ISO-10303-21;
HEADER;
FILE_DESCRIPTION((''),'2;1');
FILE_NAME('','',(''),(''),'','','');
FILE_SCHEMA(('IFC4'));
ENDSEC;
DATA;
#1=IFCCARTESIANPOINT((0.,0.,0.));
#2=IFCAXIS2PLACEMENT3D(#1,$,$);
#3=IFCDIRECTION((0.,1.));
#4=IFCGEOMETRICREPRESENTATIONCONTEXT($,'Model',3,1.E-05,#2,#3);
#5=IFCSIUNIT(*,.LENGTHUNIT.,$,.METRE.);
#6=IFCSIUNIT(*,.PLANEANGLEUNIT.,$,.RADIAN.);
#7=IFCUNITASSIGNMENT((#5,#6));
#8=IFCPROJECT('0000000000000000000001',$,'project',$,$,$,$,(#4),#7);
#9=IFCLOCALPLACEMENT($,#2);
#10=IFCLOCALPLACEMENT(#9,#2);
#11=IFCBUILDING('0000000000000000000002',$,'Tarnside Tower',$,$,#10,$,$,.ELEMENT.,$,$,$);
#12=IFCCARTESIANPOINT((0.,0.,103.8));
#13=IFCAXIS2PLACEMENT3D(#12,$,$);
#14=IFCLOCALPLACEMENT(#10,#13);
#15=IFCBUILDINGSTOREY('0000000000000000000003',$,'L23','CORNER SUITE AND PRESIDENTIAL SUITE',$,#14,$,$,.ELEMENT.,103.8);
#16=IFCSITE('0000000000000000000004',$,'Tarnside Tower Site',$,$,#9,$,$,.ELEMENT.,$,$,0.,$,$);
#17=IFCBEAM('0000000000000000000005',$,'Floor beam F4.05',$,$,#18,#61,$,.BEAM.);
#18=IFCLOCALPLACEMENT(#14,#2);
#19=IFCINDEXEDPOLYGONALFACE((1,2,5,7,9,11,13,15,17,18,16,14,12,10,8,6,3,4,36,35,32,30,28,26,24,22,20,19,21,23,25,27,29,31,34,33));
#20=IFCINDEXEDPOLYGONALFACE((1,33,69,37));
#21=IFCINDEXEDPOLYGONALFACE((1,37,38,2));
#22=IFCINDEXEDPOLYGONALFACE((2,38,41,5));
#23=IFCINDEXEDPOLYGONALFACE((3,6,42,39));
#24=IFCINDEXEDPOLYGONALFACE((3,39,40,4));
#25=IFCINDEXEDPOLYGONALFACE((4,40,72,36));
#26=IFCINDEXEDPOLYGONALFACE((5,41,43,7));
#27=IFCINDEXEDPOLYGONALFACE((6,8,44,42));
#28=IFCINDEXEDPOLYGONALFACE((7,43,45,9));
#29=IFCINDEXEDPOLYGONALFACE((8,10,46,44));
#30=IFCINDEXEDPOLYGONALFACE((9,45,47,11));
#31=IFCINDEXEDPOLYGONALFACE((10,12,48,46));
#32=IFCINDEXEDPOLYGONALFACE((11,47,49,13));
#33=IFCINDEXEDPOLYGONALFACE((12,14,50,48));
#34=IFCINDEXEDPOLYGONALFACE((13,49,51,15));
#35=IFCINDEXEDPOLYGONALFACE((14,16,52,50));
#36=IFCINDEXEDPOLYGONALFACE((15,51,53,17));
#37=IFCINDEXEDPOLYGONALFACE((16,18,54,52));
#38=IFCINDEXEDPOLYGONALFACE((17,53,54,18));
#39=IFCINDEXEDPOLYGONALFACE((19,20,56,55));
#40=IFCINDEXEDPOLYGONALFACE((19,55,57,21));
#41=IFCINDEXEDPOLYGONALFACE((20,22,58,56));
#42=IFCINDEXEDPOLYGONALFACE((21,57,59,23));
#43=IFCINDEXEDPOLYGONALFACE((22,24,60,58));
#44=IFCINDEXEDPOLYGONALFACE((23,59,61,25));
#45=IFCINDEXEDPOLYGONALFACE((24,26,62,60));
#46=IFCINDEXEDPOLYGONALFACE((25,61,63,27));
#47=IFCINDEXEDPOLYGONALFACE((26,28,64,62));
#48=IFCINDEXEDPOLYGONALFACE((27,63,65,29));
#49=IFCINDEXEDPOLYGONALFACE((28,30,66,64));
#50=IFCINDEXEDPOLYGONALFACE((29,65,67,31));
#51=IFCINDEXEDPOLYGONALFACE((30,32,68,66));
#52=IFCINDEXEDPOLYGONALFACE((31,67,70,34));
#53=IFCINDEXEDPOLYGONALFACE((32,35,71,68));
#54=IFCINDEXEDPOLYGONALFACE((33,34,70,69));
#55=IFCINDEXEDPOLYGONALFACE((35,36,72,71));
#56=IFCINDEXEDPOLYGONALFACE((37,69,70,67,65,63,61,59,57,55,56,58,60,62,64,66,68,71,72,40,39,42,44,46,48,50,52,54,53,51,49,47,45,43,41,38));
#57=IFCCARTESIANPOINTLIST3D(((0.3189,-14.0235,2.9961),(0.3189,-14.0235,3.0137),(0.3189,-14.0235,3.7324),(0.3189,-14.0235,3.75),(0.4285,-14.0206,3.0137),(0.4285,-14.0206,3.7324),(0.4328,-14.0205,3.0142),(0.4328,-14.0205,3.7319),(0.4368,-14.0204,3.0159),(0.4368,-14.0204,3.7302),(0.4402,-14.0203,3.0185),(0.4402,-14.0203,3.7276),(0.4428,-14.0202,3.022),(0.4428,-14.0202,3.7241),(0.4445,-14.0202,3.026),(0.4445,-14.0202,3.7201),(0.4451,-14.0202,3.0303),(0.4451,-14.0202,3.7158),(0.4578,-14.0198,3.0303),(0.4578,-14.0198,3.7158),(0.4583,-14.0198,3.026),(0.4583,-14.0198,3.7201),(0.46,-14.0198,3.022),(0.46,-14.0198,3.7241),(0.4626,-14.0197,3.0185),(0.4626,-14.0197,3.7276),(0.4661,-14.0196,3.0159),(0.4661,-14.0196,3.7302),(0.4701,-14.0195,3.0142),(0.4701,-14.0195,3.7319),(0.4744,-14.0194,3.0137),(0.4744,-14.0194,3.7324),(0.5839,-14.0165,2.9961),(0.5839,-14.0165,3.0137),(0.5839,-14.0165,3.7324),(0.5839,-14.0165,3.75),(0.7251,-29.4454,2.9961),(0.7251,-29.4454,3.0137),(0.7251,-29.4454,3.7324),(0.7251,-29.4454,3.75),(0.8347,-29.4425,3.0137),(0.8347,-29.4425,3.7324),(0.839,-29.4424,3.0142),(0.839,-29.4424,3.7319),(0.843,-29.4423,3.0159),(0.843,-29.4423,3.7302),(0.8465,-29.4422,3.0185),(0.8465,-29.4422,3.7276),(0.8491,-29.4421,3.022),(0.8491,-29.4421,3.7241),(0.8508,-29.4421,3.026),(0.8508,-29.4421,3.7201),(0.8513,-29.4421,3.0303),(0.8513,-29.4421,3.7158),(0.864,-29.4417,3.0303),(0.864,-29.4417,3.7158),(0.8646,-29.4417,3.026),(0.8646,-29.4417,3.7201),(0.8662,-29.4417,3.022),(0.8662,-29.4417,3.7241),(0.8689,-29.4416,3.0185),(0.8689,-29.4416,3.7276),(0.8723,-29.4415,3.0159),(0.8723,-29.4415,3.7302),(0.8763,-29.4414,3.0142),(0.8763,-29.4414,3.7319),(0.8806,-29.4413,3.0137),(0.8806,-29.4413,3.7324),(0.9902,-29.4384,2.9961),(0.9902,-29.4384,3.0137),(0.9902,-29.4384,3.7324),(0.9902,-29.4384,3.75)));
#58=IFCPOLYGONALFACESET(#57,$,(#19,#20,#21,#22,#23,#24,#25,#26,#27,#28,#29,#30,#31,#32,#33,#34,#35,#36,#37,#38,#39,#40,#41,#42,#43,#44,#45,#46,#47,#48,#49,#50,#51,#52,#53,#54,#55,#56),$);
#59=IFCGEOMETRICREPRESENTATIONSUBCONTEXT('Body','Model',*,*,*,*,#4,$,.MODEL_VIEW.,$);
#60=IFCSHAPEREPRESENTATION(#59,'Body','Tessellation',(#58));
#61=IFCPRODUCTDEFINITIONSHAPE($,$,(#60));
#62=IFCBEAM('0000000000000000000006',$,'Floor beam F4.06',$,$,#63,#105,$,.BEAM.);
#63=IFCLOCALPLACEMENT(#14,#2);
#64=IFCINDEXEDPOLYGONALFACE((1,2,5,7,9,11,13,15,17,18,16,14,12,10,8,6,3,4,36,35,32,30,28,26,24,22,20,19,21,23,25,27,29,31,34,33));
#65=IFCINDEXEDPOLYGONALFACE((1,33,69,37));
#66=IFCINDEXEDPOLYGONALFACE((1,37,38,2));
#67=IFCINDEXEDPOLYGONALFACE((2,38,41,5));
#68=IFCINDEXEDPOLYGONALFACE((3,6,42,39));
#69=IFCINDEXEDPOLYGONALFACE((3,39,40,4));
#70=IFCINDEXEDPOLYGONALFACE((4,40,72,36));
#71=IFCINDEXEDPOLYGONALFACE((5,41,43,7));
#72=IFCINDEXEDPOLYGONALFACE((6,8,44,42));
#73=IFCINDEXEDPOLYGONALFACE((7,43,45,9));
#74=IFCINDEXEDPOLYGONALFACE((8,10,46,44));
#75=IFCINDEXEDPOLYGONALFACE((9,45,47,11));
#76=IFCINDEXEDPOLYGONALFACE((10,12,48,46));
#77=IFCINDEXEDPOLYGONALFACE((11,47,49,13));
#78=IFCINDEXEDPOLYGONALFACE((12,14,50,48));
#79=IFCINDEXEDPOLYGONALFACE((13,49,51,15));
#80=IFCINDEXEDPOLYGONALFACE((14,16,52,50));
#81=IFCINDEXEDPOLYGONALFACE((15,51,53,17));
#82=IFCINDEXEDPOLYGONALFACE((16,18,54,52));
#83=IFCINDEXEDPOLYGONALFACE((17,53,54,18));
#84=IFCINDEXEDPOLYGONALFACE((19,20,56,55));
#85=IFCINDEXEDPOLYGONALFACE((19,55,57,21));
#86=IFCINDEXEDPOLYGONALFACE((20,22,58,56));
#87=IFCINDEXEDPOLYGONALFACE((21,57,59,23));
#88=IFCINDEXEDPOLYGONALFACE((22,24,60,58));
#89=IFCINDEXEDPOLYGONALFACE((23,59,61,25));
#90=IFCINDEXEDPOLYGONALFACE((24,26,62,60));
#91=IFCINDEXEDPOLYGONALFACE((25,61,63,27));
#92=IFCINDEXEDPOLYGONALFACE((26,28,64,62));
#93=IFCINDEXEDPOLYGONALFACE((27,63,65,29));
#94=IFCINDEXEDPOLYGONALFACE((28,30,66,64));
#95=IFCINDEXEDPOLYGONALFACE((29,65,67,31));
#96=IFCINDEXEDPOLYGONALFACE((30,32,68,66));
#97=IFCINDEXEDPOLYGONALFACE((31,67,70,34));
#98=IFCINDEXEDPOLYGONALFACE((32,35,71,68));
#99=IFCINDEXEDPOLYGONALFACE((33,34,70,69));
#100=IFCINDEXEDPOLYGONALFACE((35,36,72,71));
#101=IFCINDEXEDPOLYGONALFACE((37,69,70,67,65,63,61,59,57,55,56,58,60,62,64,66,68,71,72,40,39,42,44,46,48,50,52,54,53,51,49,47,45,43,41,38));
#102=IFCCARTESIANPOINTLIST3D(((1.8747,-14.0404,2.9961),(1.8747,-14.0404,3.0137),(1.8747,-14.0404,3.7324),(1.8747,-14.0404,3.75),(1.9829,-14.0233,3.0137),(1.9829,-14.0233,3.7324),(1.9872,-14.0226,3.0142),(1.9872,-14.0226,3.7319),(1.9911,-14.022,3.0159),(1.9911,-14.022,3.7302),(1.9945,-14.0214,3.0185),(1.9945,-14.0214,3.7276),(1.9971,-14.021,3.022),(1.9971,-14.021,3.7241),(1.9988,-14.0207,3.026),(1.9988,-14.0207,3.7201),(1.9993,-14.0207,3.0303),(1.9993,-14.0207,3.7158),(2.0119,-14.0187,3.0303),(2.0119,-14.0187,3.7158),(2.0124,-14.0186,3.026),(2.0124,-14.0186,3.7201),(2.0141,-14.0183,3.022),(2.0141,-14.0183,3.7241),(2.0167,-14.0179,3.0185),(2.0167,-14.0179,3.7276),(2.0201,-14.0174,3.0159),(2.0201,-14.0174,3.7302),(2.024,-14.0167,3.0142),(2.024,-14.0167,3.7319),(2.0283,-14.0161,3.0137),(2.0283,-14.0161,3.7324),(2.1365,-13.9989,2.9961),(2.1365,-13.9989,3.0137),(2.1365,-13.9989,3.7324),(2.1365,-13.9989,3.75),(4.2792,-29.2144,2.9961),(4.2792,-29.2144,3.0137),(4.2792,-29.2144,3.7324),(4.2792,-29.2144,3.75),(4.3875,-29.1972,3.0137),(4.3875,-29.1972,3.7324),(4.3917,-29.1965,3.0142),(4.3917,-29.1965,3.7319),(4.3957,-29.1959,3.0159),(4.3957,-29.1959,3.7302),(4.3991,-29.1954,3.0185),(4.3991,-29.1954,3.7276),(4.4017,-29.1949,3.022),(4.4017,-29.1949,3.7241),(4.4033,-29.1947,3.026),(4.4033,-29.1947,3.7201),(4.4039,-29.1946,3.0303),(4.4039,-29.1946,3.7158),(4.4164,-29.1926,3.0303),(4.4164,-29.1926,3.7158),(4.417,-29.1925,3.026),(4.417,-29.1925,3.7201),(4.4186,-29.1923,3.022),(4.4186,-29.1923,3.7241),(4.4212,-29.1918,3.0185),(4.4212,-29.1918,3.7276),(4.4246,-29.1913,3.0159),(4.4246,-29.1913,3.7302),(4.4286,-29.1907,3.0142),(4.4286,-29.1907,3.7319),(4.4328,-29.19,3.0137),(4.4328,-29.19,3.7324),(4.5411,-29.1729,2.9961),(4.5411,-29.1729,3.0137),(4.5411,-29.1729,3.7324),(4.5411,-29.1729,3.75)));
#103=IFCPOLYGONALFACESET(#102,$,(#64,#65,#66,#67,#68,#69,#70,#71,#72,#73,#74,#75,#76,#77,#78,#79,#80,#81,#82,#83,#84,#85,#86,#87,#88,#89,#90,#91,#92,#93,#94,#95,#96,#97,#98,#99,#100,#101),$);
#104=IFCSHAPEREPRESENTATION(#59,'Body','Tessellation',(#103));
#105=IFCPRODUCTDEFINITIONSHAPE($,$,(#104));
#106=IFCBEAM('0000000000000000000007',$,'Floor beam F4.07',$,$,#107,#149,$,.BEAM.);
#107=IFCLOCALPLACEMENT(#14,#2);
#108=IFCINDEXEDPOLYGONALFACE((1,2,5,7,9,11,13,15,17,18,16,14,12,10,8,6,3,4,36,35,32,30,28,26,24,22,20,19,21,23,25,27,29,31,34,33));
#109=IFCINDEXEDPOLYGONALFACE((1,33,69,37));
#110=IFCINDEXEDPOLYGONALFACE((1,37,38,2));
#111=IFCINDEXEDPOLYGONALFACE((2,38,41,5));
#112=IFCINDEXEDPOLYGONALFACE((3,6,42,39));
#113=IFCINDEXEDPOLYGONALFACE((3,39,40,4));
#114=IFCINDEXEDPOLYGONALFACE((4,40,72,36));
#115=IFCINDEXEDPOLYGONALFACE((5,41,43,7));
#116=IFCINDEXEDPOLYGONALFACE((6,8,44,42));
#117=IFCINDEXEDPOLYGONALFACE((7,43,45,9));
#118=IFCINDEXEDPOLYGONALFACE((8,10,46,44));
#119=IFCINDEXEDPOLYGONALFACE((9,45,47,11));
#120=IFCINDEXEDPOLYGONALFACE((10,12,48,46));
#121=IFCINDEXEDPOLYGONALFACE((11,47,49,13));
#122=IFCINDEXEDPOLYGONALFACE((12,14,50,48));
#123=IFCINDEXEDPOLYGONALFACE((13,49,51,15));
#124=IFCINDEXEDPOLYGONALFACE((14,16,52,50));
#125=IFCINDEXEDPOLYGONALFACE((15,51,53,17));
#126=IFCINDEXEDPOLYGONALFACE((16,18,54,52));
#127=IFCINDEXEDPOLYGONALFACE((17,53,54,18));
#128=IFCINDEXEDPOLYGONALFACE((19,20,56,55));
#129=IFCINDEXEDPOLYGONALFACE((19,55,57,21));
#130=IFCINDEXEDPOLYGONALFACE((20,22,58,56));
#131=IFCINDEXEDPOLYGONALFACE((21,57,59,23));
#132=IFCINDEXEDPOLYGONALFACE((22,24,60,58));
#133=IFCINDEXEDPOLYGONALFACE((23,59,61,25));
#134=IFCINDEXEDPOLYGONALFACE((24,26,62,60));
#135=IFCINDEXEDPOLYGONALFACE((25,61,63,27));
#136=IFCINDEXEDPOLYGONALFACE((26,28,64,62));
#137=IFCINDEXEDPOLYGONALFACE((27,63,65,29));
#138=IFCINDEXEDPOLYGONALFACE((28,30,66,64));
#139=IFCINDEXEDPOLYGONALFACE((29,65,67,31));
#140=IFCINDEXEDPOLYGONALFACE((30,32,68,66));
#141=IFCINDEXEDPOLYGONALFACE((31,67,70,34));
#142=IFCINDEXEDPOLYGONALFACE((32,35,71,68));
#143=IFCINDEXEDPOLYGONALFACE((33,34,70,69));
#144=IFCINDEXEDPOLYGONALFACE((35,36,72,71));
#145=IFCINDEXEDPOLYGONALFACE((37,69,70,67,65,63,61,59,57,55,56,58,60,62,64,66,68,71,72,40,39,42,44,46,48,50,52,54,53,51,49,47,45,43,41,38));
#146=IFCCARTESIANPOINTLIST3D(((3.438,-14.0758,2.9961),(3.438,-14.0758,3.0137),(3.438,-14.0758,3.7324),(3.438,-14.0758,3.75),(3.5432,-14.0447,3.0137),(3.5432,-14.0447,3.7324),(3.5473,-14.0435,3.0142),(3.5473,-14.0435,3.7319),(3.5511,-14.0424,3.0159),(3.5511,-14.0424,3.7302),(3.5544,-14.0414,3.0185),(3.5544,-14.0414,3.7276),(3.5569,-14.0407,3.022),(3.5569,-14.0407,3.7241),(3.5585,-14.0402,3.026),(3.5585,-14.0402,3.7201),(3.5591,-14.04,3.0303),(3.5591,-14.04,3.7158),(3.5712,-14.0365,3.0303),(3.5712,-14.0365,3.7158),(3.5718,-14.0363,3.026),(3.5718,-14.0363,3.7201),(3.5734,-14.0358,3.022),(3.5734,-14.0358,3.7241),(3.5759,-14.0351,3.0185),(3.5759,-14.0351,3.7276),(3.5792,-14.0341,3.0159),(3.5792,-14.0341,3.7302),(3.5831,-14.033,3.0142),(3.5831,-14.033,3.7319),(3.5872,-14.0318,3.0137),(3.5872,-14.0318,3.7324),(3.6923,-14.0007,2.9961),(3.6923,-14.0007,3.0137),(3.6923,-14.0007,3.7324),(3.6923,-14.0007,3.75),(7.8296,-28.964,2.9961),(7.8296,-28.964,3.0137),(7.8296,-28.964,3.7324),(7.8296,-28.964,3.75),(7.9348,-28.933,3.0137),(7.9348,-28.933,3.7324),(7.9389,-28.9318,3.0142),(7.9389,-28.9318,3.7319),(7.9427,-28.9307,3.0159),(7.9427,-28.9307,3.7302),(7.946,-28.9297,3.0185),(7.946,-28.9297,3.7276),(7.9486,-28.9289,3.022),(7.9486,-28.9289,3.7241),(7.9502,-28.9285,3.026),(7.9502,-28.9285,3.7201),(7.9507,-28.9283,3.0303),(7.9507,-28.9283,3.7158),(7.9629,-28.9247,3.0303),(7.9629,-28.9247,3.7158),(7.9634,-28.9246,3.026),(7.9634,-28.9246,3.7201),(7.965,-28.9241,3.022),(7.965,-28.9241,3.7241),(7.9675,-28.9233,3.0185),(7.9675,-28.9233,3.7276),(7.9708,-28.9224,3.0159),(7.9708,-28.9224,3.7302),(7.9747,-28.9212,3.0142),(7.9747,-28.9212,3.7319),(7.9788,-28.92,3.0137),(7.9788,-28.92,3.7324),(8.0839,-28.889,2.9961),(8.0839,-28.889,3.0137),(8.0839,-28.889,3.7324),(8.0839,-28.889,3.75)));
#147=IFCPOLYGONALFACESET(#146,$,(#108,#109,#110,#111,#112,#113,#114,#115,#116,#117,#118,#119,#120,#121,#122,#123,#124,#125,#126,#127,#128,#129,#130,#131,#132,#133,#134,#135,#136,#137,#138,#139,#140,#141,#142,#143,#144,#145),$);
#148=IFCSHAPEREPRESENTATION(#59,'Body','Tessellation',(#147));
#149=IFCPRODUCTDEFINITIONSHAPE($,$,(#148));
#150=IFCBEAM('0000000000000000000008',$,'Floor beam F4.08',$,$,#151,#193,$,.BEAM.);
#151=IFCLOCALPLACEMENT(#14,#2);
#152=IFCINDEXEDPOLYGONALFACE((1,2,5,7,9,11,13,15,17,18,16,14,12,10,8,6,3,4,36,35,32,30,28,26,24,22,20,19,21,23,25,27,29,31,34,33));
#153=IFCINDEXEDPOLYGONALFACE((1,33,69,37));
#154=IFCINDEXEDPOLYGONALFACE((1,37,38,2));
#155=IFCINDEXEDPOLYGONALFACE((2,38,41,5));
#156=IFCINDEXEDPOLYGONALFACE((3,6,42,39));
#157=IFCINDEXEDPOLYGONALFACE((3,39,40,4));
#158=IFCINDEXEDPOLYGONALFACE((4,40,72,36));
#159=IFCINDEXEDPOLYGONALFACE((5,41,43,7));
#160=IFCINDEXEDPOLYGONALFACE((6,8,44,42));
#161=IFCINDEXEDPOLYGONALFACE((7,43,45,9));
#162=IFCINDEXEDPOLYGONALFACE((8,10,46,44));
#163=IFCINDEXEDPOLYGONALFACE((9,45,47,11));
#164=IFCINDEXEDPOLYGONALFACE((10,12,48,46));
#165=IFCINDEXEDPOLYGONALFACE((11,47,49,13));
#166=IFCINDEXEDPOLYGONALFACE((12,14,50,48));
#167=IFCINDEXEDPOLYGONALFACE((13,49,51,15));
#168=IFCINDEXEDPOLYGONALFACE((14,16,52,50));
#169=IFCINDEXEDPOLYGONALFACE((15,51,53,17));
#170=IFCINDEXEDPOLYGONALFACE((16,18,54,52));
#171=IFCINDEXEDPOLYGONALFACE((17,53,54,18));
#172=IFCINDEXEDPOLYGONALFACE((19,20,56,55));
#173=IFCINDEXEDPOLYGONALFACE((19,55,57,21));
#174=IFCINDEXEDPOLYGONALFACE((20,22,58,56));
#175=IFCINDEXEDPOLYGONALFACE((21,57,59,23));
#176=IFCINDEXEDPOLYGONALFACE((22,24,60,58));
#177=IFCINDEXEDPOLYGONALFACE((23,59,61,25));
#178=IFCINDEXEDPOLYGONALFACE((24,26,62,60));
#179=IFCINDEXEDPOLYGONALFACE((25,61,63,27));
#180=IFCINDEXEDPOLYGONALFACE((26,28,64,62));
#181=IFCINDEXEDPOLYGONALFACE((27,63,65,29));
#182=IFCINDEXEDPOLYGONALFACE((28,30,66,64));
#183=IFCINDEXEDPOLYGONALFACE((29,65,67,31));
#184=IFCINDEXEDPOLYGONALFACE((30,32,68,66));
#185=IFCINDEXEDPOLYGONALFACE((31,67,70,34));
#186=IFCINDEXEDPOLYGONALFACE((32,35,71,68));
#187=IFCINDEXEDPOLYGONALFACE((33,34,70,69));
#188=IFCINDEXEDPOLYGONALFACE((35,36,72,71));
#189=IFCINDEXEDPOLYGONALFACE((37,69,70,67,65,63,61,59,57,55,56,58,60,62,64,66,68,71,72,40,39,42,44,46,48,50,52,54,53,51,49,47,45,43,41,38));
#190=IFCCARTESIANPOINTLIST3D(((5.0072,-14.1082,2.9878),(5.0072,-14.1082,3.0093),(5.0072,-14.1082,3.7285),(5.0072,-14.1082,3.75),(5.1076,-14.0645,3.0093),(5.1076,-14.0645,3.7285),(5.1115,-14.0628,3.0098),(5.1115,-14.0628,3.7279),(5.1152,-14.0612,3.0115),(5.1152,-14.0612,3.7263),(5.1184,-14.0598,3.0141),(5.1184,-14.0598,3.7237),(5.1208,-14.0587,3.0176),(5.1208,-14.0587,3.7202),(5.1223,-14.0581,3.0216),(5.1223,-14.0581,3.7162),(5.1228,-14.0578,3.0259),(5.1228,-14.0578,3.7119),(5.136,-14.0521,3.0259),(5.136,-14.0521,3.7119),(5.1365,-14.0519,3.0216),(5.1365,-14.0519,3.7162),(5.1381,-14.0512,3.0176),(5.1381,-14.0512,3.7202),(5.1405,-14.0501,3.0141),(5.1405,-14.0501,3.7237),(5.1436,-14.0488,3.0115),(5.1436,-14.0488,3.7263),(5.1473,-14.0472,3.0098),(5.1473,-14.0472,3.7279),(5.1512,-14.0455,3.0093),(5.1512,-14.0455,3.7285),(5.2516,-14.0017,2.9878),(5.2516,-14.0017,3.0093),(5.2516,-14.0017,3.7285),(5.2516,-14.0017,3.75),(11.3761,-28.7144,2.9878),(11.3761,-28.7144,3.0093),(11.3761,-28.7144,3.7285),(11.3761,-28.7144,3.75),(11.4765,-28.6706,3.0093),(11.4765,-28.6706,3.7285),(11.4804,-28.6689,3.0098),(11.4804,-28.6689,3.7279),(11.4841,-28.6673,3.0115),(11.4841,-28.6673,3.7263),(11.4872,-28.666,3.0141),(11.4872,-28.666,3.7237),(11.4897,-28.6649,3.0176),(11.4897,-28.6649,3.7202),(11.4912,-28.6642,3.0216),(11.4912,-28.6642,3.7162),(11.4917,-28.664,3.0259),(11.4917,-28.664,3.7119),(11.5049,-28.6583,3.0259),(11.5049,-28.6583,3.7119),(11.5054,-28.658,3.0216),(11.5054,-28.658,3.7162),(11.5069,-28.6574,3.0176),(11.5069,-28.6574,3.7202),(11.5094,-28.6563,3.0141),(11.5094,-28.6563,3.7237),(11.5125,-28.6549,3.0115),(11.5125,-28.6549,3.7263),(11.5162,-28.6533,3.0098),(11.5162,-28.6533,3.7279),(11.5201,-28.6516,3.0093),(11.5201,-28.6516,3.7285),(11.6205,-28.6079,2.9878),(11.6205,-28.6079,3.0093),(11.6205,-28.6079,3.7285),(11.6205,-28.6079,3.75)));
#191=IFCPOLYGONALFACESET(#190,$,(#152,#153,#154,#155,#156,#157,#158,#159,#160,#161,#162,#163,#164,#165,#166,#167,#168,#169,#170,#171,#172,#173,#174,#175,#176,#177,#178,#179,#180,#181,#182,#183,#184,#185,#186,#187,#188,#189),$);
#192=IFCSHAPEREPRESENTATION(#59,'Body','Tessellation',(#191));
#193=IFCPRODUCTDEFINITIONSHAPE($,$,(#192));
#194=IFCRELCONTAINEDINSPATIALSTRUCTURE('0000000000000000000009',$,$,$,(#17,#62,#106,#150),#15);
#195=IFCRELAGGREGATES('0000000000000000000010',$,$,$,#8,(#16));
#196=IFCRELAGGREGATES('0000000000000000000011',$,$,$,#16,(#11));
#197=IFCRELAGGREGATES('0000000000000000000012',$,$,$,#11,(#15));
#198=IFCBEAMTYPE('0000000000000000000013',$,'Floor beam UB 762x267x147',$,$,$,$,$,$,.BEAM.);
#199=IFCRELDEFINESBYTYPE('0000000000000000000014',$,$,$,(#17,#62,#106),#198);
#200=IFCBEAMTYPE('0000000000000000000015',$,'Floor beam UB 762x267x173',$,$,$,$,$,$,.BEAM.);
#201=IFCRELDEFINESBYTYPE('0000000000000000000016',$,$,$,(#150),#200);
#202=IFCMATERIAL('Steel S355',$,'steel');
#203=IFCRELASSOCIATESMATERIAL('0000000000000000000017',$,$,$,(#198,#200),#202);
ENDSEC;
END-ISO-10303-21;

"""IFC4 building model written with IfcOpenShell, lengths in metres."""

from ifc_helpers import new_model, si_unit, direction, frame, origin, origin_2d, place, context, subcontext, project, spatial, i_section, extrude, material, material_profile, profile_set, type_object, element, save


model = new_model("IFC4")

# Units and contexts
model_context = context("Model", 3, precision=1e-05, world=origin(), true_north=direction((0.0, 1.0)))
body_context = subcontext(model_context, "Body", "Model", "MODEL_VIEW")
ifc_project = project(units=[si_unit("LENGTHUNIT", "METRE"), si_unit("PLANEANGLEUNIT", "RADIAN")], contexts=[model_context])

# Site, building, storey
site_placement = place(None, origin())
site = spatial("IfcSite", under=ifc_project, at=site_placement, Name="Tarnside Tower Site", CompositionType="ELEMENT", RefElevation=0.0)
building_placement = place(site_placement, origin())
building = spatial("IfcBuilding", under=site, at=building_placement, Name="Tarnside Tower", CompositionType="ELEMENT")
storey_placement = place(building_placement, frame((0.0, 0.0, 103.8)))
storey = spatial("IfcBuildingStorey", under=building, at=storey_placement, Name="L23", Description="CORNER SUITE AND PRESIDENTIAL SUITE", CompositionType="ELEMENT", Elevation=103.8)

# Beams
ifc_material_1 = material(Name="Steel S355", Category="steel")
ifc_material_profile_1 = material_profile(ifc_material_1, i_section(OverallWidth=0.2651, OverallDepth=0.7539, WebThickness=0.0127, FlangeThickness=0.0176, FilletRadius=0.0166, at=origin_2d()), Name="UB 762x267x147")
ifc_profile_set_1 = profile_set([ifc_material_profile_1], Name="Steel S355")
beam_type_1 = type_object("IfcBeamType", Name="Floor beam UB 762x267x147", PredefinedType="BEAM", material=ifc_profile_set_1)
beam_1_placement = place(storey_placement, frame((0.8577, -29.4419, 3.373), z_axis=(-0.026333, 0.999653, 0.0), x_axis=(-0.999653, -0.026333, 0.0)))
element("IfcBeam", 1, at=beam_1_placement, inside=storey, type_object=beam_type_1, Name="Floor beam F4.05", PredefinedType="BEAM", context=body_context, shape_type="SweptSolid", body=[
    extrude(i_section(OverallWidth=0.2651, OverallDepth=0.7539, WebThickness=0.0127, FlangeThickness=0.0176, FilletRadius=0.0166, at=origin_2d()), origin(), (0.0, 0.0, 1.0), 15.4272),
])
beam_2_placement = place(storey_placement, frame((4.4102, -29.1936, 3.373), z_axis=(-0.156513, 0.987676, 0.0), x_axis=(-0.987676, -0.156513, 0.0)))
element("IfcBeam", 2, at=beam_2_placement, inside=storey, type_object=beam_type_1, Name="Floor beam F4.06", PredefinedType="BEAM", context=body_context, shape_type="SweptSolid", body=[
    extrude(i_section(OverallWidth=0.2651, OverallDepth=0.7539, WebThickness=0.0127, FlangeThickness=0.0176, FilletRadius=0.0166, at=origin_2d()), origin(), (0.0, 0.0, 1.0), 15.3633),
])
beam_3_placement = place(storey_placement, frame((7.9568, -28.9265, 3.373), z_axis=(-0.282921, 0.959143, 0.0), x_axis=(-0.959143, -0.282921, 0.0)))
element("IfcBeam", 3, at=beam_3_placement, inside=storey, type_object=beam_type_1, Name="Floor beam F4.07", PredefinedType="BEAM", context=body_context, shape_type="SweptSolid", body=[
    extrude(i_section(OverallWidth=0.2651, OverallDepth=0.7539, WebThickness=0.0127, FlangeThickness=0.0176, FilletRadius=0.0166, at=origin_2d()), origin(), (0.0, 0.0, 1.0), 15.5225),
])
ifc_material_profile_2 = material_profile(ifc_material_1, i_section(OverallWidth=0.2666, OverallDepth=0.7622, WebThickness=0.0144, FlangeThickness=0.0215, FilletRadius=0.0166, at=origin_2d()), Name="UB 762x267x173")
ifc_profile_set_2 = profile_set([ifc_material_profile_2], Name="Steel S355")
beam_type_2 = type_object("IfcBeamType", Name="Floor beam UB 762x267x173", PredefinedType="BEAM", material=ifc_profile_set_2)
beam_4_placement = place(storey_placement, frame((11.4983, -28.6611, 3.3689), z_axis=(-0.399696, 0.916648, 0.0), x_axis=(-0.916648, -0.399696, 0.0)))
element("IfcBeam", 4, at=beam_4_placement, inside=storey, type_object=beam_type_2, Name="Floor beam F4.08", PredefinedType="BEAM", context=body_context, shape_type="SweptSolid", body=[
    extrude(i_section(OverallWidth=0.2666, OverallDepth=0.7622, WebThickness=0.0144, FlangeThickness=0.0215, FilletRadius=0.0166, at=origin_2d()), origin(), (0.0, 0.0, 1.0), 15.9343),
])

save(model, "model.ifc")
